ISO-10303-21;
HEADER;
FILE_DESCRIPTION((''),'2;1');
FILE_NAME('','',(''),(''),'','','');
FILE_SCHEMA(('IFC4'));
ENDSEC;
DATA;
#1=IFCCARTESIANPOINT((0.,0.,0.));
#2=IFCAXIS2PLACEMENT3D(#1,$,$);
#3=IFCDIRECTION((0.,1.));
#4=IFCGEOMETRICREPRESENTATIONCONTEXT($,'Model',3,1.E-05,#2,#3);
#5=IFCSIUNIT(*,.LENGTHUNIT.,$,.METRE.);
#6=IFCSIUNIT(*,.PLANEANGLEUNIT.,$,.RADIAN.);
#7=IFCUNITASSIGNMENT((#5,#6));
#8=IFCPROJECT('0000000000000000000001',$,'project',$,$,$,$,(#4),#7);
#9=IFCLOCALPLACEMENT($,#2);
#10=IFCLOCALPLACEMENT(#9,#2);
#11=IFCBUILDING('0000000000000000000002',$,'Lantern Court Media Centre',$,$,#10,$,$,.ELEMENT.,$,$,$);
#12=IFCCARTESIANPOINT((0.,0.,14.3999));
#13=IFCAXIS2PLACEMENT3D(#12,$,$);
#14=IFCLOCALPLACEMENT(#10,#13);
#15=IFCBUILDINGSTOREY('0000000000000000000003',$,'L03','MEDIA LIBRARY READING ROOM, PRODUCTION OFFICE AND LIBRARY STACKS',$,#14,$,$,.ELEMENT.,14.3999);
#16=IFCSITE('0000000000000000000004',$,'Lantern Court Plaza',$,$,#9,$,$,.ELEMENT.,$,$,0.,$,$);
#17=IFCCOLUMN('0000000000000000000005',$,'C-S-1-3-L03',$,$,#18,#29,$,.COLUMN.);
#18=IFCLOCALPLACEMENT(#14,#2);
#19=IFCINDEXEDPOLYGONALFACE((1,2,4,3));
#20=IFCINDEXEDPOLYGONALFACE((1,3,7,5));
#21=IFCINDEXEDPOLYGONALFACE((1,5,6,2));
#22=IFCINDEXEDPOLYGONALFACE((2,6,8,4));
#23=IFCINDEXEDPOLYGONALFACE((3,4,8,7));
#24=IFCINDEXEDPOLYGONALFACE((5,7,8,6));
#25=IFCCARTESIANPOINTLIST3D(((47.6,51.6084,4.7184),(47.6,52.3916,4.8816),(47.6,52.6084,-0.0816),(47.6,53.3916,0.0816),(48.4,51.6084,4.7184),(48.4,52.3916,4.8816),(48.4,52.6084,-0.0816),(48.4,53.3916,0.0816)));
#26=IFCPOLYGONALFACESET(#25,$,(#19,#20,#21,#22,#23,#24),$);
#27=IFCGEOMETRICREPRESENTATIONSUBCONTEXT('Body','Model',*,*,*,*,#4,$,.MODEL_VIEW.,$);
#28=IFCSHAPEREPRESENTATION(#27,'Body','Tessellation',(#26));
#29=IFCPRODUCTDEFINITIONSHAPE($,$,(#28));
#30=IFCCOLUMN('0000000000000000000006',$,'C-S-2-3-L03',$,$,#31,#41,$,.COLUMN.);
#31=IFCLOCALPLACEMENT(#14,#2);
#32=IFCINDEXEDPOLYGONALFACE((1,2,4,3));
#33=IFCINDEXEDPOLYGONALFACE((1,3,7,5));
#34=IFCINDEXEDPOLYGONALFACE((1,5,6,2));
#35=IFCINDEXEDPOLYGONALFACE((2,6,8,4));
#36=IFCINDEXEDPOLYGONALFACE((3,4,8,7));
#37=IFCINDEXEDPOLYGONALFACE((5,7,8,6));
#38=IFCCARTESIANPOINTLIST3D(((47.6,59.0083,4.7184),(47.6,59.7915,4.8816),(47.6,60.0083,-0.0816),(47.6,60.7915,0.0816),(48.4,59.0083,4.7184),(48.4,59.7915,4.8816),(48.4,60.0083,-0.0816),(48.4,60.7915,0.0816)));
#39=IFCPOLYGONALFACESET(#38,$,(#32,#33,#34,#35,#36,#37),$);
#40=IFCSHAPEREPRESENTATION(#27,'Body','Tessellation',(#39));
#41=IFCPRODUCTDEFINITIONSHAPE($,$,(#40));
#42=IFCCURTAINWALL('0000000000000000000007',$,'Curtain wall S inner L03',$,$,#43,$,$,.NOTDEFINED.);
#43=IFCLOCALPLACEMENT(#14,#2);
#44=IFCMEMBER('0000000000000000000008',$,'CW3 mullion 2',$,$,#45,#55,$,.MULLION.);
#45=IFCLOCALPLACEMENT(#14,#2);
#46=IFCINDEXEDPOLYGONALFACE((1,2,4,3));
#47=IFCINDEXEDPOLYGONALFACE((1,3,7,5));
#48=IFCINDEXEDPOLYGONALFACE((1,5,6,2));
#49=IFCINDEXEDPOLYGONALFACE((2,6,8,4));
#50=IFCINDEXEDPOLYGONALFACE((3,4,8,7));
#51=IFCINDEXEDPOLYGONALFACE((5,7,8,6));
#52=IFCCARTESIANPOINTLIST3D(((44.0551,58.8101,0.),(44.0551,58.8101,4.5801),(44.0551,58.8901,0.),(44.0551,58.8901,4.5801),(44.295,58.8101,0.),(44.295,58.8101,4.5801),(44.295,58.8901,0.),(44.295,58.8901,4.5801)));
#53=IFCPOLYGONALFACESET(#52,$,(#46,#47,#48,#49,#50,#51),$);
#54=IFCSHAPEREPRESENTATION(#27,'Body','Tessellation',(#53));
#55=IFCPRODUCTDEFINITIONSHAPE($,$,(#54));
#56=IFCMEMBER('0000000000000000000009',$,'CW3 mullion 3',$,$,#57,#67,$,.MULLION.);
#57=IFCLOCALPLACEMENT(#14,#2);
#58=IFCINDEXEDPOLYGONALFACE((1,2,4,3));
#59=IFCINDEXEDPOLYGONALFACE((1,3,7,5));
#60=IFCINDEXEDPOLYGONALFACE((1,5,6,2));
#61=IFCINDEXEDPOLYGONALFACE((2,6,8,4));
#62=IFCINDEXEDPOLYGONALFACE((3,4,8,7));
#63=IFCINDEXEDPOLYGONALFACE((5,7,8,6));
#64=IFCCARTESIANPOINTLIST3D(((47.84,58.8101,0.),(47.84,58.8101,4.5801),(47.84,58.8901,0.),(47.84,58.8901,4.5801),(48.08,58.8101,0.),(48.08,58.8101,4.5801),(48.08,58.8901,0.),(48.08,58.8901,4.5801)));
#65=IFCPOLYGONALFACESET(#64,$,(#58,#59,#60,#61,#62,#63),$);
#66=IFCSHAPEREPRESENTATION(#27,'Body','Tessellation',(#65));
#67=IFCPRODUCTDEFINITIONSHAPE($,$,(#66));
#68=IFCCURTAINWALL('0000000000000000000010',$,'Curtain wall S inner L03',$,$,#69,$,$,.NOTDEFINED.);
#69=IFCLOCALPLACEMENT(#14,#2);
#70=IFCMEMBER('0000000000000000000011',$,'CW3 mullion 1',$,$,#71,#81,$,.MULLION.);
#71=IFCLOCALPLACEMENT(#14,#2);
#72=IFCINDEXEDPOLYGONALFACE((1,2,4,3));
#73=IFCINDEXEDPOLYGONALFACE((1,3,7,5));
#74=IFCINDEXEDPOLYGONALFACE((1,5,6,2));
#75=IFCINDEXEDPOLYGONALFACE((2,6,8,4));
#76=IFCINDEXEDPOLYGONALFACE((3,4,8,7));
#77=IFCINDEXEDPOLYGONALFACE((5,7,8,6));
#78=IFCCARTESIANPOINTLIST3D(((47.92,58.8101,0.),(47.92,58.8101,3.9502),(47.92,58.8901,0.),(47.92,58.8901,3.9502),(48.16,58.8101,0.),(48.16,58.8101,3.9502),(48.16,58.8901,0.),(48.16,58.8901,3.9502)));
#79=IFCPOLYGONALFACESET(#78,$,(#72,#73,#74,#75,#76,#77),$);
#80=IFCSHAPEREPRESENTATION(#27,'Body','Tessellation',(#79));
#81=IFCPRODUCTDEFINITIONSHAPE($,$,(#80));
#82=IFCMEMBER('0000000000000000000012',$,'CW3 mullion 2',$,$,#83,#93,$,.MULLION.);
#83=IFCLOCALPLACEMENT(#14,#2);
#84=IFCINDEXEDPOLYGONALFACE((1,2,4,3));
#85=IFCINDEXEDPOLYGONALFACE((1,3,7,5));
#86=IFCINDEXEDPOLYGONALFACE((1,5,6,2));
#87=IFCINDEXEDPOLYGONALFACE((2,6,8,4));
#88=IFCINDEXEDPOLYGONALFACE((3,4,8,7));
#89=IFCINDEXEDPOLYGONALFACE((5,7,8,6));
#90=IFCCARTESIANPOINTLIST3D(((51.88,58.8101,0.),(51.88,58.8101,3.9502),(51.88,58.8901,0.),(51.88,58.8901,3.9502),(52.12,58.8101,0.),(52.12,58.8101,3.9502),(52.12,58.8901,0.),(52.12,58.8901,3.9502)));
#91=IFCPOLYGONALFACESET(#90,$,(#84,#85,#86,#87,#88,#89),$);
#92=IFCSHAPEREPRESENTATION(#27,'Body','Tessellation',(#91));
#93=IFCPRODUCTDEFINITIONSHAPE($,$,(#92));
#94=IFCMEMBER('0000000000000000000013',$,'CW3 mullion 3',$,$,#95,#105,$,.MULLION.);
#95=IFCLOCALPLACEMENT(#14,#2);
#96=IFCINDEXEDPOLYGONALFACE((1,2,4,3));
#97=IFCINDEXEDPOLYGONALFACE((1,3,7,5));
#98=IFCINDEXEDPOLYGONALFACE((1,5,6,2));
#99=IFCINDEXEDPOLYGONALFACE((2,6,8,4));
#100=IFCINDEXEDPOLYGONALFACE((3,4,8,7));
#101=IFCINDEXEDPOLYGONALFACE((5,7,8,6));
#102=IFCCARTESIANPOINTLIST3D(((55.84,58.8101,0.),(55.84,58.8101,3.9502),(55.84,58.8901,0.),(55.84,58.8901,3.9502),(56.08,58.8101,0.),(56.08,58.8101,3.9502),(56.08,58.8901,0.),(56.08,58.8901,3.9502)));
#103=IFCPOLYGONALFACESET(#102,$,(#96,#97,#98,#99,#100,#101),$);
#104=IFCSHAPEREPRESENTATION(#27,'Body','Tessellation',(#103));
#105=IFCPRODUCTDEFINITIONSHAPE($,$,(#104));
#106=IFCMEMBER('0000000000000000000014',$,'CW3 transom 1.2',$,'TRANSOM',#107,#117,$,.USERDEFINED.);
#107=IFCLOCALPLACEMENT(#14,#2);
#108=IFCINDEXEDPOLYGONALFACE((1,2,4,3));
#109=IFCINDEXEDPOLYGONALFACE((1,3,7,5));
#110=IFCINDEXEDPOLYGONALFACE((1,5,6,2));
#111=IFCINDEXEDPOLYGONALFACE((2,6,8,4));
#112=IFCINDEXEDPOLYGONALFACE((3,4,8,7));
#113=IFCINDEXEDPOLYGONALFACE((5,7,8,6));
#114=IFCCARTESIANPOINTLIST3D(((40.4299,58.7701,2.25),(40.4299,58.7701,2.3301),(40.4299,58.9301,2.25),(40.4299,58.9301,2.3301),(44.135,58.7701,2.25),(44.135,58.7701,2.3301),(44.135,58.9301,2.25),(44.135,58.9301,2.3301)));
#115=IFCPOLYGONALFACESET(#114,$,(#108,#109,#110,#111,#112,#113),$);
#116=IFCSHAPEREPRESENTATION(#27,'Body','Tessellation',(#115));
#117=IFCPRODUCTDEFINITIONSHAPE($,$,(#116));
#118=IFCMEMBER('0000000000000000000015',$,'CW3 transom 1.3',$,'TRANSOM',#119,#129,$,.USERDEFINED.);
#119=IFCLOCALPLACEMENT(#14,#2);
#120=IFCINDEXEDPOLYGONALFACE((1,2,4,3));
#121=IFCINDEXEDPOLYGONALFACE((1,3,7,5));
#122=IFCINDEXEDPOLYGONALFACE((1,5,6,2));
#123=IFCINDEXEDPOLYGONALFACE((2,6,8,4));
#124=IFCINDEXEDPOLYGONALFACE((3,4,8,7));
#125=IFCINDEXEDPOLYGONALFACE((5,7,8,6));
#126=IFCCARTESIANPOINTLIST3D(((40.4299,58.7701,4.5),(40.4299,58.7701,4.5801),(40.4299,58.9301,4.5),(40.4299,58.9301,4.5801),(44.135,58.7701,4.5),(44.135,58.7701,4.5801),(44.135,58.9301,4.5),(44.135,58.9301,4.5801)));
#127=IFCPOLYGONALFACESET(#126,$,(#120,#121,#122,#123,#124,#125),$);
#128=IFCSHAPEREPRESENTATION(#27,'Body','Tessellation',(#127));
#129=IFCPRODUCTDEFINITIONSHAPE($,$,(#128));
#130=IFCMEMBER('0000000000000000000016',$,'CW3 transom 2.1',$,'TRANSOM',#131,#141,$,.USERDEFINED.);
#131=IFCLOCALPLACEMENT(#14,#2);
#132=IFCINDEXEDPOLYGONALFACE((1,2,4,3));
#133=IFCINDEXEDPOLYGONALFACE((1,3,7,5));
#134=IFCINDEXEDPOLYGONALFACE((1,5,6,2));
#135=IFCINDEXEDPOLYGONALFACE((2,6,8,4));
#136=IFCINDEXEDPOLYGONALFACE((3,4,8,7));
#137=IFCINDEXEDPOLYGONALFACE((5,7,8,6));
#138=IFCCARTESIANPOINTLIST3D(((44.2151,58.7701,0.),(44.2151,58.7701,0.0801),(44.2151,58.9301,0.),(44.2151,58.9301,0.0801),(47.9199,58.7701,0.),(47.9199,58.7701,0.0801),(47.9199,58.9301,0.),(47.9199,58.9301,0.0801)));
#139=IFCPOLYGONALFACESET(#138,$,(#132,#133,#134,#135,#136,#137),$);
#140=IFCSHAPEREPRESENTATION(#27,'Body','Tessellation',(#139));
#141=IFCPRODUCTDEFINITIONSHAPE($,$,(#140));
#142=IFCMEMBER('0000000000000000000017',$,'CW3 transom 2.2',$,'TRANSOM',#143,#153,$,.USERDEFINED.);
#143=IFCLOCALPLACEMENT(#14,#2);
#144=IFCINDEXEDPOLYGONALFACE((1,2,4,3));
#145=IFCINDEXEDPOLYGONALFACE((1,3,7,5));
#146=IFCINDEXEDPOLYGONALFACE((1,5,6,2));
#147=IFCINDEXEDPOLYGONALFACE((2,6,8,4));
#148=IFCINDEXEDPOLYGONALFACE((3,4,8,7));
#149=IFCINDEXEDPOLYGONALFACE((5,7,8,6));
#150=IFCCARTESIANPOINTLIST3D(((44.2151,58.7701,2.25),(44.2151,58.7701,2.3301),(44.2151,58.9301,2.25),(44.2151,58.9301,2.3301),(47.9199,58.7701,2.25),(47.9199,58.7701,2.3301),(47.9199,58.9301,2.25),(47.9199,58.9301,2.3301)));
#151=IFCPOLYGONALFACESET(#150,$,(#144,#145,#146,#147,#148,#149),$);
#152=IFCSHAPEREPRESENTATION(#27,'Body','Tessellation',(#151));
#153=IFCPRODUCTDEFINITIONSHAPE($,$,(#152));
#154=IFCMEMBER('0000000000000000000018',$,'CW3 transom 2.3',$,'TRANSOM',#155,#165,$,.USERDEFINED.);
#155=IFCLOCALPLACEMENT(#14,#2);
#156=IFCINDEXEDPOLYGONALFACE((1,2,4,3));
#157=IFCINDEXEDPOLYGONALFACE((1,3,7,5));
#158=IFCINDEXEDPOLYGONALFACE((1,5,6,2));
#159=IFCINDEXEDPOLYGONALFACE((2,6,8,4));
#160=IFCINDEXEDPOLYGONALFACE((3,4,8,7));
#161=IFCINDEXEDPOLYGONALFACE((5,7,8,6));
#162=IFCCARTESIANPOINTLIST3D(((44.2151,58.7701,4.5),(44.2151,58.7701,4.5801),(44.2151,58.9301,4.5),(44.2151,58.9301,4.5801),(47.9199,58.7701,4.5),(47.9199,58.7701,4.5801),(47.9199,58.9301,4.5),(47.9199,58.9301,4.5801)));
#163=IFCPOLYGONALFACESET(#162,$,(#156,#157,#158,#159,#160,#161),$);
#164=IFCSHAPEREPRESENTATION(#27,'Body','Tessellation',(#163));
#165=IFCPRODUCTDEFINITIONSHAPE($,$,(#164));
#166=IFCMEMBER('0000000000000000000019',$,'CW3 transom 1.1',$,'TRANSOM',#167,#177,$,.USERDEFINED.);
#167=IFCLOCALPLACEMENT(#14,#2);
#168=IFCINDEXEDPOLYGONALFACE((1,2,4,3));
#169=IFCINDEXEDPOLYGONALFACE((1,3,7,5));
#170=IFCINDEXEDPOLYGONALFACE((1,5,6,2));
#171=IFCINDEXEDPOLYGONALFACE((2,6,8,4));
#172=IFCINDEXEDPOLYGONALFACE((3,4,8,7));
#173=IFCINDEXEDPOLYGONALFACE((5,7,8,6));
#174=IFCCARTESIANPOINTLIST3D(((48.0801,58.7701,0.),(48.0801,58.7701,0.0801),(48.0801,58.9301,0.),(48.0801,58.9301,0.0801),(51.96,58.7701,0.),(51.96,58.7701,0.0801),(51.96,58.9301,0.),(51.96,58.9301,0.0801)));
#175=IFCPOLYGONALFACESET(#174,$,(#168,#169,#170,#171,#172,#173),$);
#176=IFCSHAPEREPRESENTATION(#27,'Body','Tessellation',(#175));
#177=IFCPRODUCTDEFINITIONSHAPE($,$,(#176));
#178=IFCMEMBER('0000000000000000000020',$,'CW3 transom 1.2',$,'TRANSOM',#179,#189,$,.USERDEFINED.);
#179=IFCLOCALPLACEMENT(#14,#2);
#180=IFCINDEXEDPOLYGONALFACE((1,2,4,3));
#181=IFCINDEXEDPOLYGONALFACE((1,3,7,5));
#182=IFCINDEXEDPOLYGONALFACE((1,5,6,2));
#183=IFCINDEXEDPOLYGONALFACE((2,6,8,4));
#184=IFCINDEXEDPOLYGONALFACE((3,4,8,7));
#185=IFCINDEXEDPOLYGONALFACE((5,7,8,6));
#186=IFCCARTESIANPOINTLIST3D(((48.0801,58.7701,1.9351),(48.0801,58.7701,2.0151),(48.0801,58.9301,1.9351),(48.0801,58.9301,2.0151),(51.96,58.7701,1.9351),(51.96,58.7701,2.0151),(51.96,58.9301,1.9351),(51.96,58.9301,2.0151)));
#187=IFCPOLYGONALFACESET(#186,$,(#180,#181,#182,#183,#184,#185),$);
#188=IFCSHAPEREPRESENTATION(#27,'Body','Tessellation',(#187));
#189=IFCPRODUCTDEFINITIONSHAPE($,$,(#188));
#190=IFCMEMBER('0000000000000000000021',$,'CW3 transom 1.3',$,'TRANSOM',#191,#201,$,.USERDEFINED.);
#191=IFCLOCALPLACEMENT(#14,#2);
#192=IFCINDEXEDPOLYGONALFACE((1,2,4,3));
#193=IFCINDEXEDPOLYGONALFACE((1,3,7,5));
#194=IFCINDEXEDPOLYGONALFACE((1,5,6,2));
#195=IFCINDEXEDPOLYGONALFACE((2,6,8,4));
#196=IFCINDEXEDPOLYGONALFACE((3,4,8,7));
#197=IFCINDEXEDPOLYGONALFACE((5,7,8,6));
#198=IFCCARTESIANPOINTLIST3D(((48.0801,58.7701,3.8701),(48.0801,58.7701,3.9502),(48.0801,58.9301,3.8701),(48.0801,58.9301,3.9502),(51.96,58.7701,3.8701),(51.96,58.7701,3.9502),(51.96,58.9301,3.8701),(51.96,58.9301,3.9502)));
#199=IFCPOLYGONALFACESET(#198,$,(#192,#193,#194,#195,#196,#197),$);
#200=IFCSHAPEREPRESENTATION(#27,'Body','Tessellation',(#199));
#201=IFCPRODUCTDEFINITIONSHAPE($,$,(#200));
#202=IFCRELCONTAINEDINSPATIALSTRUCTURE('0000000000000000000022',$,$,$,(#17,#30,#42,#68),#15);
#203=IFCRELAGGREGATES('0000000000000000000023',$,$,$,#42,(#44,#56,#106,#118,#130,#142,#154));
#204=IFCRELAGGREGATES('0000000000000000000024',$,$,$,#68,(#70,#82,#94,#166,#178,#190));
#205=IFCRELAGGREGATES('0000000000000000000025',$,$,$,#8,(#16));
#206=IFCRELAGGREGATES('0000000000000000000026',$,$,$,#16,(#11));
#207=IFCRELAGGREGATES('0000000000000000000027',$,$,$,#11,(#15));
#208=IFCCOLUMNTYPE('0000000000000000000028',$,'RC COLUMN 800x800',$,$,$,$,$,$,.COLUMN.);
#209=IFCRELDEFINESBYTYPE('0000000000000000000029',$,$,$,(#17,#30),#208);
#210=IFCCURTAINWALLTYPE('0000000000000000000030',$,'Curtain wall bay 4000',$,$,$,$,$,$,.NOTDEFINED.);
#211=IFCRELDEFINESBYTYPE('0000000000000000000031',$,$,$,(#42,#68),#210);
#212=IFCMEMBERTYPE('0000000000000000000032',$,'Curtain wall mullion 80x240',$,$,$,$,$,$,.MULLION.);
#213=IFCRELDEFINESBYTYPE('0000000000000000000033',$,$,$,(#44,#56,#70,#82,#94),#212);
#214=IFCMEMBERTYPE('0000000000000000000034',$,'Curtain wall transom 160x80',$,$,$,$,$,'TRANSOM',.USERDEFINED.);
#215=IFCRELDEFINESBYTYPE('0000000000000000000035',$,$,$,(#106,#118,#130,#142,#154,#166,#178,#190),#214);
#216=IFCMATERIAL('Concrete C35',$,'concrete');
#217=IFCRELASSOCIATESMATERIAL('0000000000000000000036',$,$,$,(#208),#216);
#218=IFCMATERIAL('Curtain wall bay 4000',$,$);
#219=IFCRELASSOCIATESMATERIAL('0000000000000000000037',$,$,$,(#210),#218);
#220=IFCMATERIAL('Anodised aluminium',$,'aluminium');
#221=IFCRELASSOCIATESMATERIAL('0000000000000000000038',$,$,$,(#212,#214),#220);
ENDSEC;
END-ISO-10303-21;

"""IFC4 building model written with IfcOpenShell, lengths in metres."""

from ifc_helpers import new_model, si_unit, direction, frame, origin, origin_2d, place, context, subcontext, project, spatial, rectangle, extrude, material, material_profile, profile_set, type_object, element, aggregate, save


model = new_model("IFC4")

# Units and contexts
model_context = context("Model", 3, precision=1e-05, world=origin(), true_north=direction((0.0, 1.0)))
body_context = subcontext(model_context, "Body", "Model", "MODEL_VIEW")
ifc_project = project(units=[si_unit("LENGTHUNIT", "METRE"), si_unit("PLANEANGLEUNIT", "RADIAN")], contexts=[model_context])

# Site, building, storey
site_placement = place(None, origin())
site = spatial("IfcSite", under=ifc_project, at=site_placement, Name="Lantern Court Plaza", CompositionType="ELEMENT", RefElevation=0.0)
building_placement = place(site_placement, origin())
building = spatial("IfcBuilding", under=site, at=building_placement, Name="Lantern Court Media Centre", CompositionType="ELEMENT")
storey_placement = place(building_placement, frame((0.0, 0.0, 14.3999)))
storey = spatial("IfcBuildingStorey", under=building, at=storey_placement, Name="L03", Description="MEDIA LIBRARY READING ROOM, PRODUCTION OFFICE AND LIBRARY STACKS", CompositionType="ELEMENT", Elevation=14.3999)

# Columns
ifc_material_1 = material(Name="Concrete C35", Category="concrete")
ifc_material_profile_1 = material_profile(ifc_material_1, rectangle(XDim=0.8, YDim=0.8, at=origin_2d()), Name="RC 800x800")
ifc_profile_set_1 = profile_set([ifc_material_profile_1], Name="Concrete C35")
column_type = type_object("IfcColumnType", Name="RC COLUMN 800x800", PredefinedType="COLUMN", material=ifc_profile_set_1)
for number, where, z_axis, x_axis, name in (
    (1, (48.0, 53.0, 0.0), (0.0, -0.203952, 0.978981), (1.0, 0.0, 0.0), "C-S-1-3-L03"),
    (2, (48.0, 60.3999, 0.0), (0.0, -0.203952, 0.978981), (1.0, 0.0, 0.0), "C-S-2-3-L03"),
):
    element("IfcColumn", number, at=place(storey_placement, frame(where, z_axis=z_axis, x_axis=x_axis)), inside=storey, type_object=column_type, Name=name, PredefinedType="COLUMN", context=body_context, shape_type="SweptSolid", body=[
        extrude(rectangle(XDim=0.8, YDim=0.8, at=origin_2d()), origin(), (0.0, 0.0, 1.0), 4.9031),
    ])

# Curtain walls, members
ifc_material_2 = material(Name="Curtain wall bay 4000")
curtain_wall_type = type_object("IfcCurtainWallType", Name="Curtain wall bay 4000", PredefinedType="NOTDEFINED", material=ifc_material_2)
curtain_wall_1_placement = place(storey_placement, origin())
curtain_wall_1 = element("IfcCurtainWall", 3, at=curtain_wall_1_placement, inside=storey, type_object=curtain_wall_type, Name="Curtain wall S inner L03", PredefinedType="NOTDEFINED")
ifc_material_3 = material(Name="Anodised aluminium", Category="aluminium")
ifc_material_profile_2 = material_profile(ifc_material_3, rectangle(XDim=0.0801, YDim=0.24, at=origin_2d()), Name="AL 80x240")
ifc_profile_set_2 = profile_set([ifc_material_profile_2], Name="Anodised aluminium")
member_type_1 = type_object("IfcMemberType", Name="Curtain wall mullion 80x240", PredefinedType="MULLION", material=ifc_profile_set_2)
member_1_placement = place(storey_placement, frame((44.175, 58.8501, 0.0), z_axis=(0.0, 0.0, 1.0), x_axis=(0.0, 1.0, 0.0)))
member_1 = element("IfcMember", 4, at=member_1_placement, type_object=member_type_1, Name="CW3 mullion 2", PredefinedType="MULLION", context=body_context, shape_type="SweptSolid", body=[
    extrude(rectangle(XDim=0.0801, YDim=0.24, at=origin_2d()), origin(), (0.0, 0.0, 1.0), 4.5801),
])
member_2_placement = place(storey_placement, frame((47.96, 58.8501, 0.0), z_axis=(0.0, 0.0, 1.0), x_axis=(0.0, 1.0, 0.0)))
member_2 = element("IfcMember", 5, at=member_2_placement, type_object=member_type_1, Name="CW3 mullion 3", PredefinedType="MULLION", context=body_context, shape_type="SweptSolid", body=[
    extrude(rectangle(XDim=0.0801, YDim=0.24, at=origin_2d()), origin(), (0.0, 0.0, 1.0), 4.5801),
])
curtain_wall_2_placement = place(storey_placement, origin())
curtain_wall_2 = element("IfcCurtainWall", 6, at=curtain_wall_2_placement, inside=storey, type_object=curtain_wall_type, Name="Curtain wall S inner L03", PredefinedType="NOTDEFINED")
member_3_placement = place(storey_placement, frame((48.04, 58.8501, 0.0), z_axis=(0.0, 0.0, 1.0), x_axis=(0.0, 1.0, 0.0)))
member_3 = element("IfcMember", 7, at=member_3_placement, type_object=member_type_1, Name="CW3 mullion 1", PredefinedType="MULLION", context=body_context, shape_type="SweptSolid", body=[
    extrude(rectangle(XDim=0.0801, YDim=0.24, at=origin_2d()), origin(), (0.0, 0.0, 1.0), 3.9502),
])
member_4_placement = place(storey_placement, frame((52.0, 58.8501, 0.0), z_axis=(0.0, 0.0, 1.0), x_axis=(0.0, 1.0, 0.0)))
member_4 = element("IfcMember", 8, at=member_4_placement, type_object=member_type_1, Name="CW3 mullion 2", PredefinedType="MULLION", context=body_context, shape_type="SweptSolid", body=[
    extrude(rectangle(XDim=0.0801, YDim=0.24, at=origin_2d()), origin(), (0.0, 0.0, 1.0), 3.9502),
])
member_5_placement = place(storey_placement, frame((55.96, 58.8501, 0.0), z_axis=(0.0, 0.0, 1.0), x_axis=(0.0, 1.0, 0.0)))
member_5 = element("IfcMember", 9, at=member_5_placement, type_object=member_type_1, Name="CW3 mullion 3", PredefinedType="MULLION", context=body_context, shape_type="SweptSolid", body=[
    extrude(rectangle(XDim=0.0801, YDim=0.24, at=origin_2d()), origin(), (0.0, 0.0, 1.0), 3.9502),
])

# Members
ifc_material_profile_3 = material_profile(ifc_material_3, rectangle(XDim=0.1599, YDim=0.0801, at=origin_2d()), Name="AL 80x160")
ifc_profile_set_3 = profile_set([ifc_material_profile_3], Name="Anodised aluminium")
member_type_2 = type_object("IfcMemberType", Name="Curtain wall transom 160x80", ElementType="TRANSOM", PredefinedType="USERDEFINED", material=ifc_profile_set_3)
member_6_placement = place(storey_placement, frame((40.4299, 58.8501, 2.29), z_axis=(1.0, 0.0, 0.0), x_axis=(0.0, 1.0, 0.0)))
member_6 = element("IfcMember", 10, at=member_6_placement, type_object=member_type_2, Name="CW3 transom 1.2", ObjectType="TRANSOM", PredefinedType="USERDEFINED", context=body_context, shape_type="SweptSolid", body=[
    extrude(rectangle(XDim=0.1599, YDim=0.0801, at=origin_2d()), origin(), (0.0, 0.0, 1.0), 3.7051),
])
member_7_placement = place(storey_placement, frame((40.4299, 58.8501, 4.54), z_axis=(1.0, 0.0, 0.0), x_axis=(0.0, 1.0, 0.0)))
member_7 = element("IfcMember", 11, at=member_7_placement, type_object=member_type_2, Name="CW3 transom 1.3", ObjectType="TRANSOM", PredefinedType="USERDEFINED", context=body_context, shape_type="SweptSolid", body=[
    extrude(rectangle(XDim=0.1599, YDim=0.0801, at=origin_2d()), origin(), (0.0, 0.0, 1.0), 3.7051),
])
member_8_placement = place(storey_placement, frame((44.2151, 58.8501, 0.04), z_axis=(1.0, 0.0, 0.0), x_axis=(0.0, 1.0, 0.0)))
member_8 = element("IfcMember", 12, at=member_8_placement, type_object=member_type_2, Name="CW3 transom 2.1", ObjectType="TRANSOM", PredefinedType="USERDEFINED", context=body_context, shape_type="SweptSolid", body=[
    extrude(rectangle(XDim=0.1599, YDim=0.0801, at=origin_2d()), origin(), (0.0, 0.0, 1.0), 3.7048),
])
member_9_placement = place(storey_placement, frame((44.2151, 58.8501, 2.29), z_axis=(1.0, 0.0, 0.0), x_axis=(0.0, 1.0, 0.0)))
member_9 = element("IfcMember", 13, at=member_9_placement, type_object=member_type_2, Name="CW3 transom 2.2", ObjectType="TRANSOM", PredefinedType="USERDEFINED", context=body_context, shape_type="SweptSolid", body=[
    extrude(rectangle(XDim=0.1599, YDim=0.0801, at=origin_2d()), origin(), (0.0, 0.0, 1.0), 3.7048),
])
member_10_placement = place(storey_placement, frame((44.2151, 58.8501, 4.54), z_axis=(1.0, 0.0, 0.0), x_axis=(0.0, 1.0, 0.0)))
member_10 = element("IfcMember", 14, at=member_10_placement, type_object=member_type_2, Name="CW3 transom 2.3", ObjectType="TRANSOM", PredefinedType="USERDEFINED", context=body_context, shape_type="SweptSolid", body=[
    extrude(rectangle(XDim=0.1599, YDim=0.0801, at=origin_2d()), origin(), (0.0, 0.0, 1.0), 3.7048),
])
member_11_placement = place(storey_placement, frame((48.0801, 58.8501, 0.04), z_axis=(1.0, 0.0, 0.0), x_axis=(0.0, 1.0, 0.0)))
member_11 = element("IfcMember", 15, at=member_11_placement, type_object=member_type_2, Name="CW3 transom 1.1", ObjectType="TRANSOM", PredefinedType="USERDEFINED", context=body_context, shape_type="SweptSolid", body=[
    extrude(rectangle(XDim=0.1599, YDim=0.0801, at=origin_2d()), origin(), (0.0, 0.0, 1.0), 3.8799),
])
member_12_placement = place(storey_placement, frame((48.0801, 58.8501, 1.9751), z_axis=(1.0, 0.0, 0.0), x_axis=(0.0, 1.0, 0.0)))
member_12 = element("IfcMember", 16, at=member_12_placement, type_object=member_type_2, Name="CW3 transom 1.2", ObjectType="TRANSOM", PredefinedType="USERDEFINED", context=body_context, shape_type="SweptSolid", body=[
    extrude(rectangle(XDim=0.1599, YDim=0.0801, at=origin_2d()), origin(), (0.0, 0.0, 1.0), 3.8799),
])
member_13_placement = place(storey_placement, frame((48.0801, 58.8501, 3.9102), z_axis=(1.0, 0.0, 0.0), x_axis=(0.0, 1.0, 0.0)))
member_13 = element("IfcMember", 17, at=member_13_placement, type_object=member_type_2, Name="CW3 transom 1.3", ObjectType="TRANSOM", PredefinedType="USERDEFINED", context=body_context, shape_type="SweptSolid", body=[
    extrude(rectangle(XDim=0.1599, YDim=0.0801, at=origin_2d()), origin(), (0.0, 0.0, 1.0), 3.8799),
])

aggregate(curtain_wall_1, [member_1, member_2, member_6, member_7, member_8, member_9, member_10])
aggregate(curtain_wall_2, [member_3, member_4, member_5, member_11, member_12, member_13])

save(model, "model.ifc")
